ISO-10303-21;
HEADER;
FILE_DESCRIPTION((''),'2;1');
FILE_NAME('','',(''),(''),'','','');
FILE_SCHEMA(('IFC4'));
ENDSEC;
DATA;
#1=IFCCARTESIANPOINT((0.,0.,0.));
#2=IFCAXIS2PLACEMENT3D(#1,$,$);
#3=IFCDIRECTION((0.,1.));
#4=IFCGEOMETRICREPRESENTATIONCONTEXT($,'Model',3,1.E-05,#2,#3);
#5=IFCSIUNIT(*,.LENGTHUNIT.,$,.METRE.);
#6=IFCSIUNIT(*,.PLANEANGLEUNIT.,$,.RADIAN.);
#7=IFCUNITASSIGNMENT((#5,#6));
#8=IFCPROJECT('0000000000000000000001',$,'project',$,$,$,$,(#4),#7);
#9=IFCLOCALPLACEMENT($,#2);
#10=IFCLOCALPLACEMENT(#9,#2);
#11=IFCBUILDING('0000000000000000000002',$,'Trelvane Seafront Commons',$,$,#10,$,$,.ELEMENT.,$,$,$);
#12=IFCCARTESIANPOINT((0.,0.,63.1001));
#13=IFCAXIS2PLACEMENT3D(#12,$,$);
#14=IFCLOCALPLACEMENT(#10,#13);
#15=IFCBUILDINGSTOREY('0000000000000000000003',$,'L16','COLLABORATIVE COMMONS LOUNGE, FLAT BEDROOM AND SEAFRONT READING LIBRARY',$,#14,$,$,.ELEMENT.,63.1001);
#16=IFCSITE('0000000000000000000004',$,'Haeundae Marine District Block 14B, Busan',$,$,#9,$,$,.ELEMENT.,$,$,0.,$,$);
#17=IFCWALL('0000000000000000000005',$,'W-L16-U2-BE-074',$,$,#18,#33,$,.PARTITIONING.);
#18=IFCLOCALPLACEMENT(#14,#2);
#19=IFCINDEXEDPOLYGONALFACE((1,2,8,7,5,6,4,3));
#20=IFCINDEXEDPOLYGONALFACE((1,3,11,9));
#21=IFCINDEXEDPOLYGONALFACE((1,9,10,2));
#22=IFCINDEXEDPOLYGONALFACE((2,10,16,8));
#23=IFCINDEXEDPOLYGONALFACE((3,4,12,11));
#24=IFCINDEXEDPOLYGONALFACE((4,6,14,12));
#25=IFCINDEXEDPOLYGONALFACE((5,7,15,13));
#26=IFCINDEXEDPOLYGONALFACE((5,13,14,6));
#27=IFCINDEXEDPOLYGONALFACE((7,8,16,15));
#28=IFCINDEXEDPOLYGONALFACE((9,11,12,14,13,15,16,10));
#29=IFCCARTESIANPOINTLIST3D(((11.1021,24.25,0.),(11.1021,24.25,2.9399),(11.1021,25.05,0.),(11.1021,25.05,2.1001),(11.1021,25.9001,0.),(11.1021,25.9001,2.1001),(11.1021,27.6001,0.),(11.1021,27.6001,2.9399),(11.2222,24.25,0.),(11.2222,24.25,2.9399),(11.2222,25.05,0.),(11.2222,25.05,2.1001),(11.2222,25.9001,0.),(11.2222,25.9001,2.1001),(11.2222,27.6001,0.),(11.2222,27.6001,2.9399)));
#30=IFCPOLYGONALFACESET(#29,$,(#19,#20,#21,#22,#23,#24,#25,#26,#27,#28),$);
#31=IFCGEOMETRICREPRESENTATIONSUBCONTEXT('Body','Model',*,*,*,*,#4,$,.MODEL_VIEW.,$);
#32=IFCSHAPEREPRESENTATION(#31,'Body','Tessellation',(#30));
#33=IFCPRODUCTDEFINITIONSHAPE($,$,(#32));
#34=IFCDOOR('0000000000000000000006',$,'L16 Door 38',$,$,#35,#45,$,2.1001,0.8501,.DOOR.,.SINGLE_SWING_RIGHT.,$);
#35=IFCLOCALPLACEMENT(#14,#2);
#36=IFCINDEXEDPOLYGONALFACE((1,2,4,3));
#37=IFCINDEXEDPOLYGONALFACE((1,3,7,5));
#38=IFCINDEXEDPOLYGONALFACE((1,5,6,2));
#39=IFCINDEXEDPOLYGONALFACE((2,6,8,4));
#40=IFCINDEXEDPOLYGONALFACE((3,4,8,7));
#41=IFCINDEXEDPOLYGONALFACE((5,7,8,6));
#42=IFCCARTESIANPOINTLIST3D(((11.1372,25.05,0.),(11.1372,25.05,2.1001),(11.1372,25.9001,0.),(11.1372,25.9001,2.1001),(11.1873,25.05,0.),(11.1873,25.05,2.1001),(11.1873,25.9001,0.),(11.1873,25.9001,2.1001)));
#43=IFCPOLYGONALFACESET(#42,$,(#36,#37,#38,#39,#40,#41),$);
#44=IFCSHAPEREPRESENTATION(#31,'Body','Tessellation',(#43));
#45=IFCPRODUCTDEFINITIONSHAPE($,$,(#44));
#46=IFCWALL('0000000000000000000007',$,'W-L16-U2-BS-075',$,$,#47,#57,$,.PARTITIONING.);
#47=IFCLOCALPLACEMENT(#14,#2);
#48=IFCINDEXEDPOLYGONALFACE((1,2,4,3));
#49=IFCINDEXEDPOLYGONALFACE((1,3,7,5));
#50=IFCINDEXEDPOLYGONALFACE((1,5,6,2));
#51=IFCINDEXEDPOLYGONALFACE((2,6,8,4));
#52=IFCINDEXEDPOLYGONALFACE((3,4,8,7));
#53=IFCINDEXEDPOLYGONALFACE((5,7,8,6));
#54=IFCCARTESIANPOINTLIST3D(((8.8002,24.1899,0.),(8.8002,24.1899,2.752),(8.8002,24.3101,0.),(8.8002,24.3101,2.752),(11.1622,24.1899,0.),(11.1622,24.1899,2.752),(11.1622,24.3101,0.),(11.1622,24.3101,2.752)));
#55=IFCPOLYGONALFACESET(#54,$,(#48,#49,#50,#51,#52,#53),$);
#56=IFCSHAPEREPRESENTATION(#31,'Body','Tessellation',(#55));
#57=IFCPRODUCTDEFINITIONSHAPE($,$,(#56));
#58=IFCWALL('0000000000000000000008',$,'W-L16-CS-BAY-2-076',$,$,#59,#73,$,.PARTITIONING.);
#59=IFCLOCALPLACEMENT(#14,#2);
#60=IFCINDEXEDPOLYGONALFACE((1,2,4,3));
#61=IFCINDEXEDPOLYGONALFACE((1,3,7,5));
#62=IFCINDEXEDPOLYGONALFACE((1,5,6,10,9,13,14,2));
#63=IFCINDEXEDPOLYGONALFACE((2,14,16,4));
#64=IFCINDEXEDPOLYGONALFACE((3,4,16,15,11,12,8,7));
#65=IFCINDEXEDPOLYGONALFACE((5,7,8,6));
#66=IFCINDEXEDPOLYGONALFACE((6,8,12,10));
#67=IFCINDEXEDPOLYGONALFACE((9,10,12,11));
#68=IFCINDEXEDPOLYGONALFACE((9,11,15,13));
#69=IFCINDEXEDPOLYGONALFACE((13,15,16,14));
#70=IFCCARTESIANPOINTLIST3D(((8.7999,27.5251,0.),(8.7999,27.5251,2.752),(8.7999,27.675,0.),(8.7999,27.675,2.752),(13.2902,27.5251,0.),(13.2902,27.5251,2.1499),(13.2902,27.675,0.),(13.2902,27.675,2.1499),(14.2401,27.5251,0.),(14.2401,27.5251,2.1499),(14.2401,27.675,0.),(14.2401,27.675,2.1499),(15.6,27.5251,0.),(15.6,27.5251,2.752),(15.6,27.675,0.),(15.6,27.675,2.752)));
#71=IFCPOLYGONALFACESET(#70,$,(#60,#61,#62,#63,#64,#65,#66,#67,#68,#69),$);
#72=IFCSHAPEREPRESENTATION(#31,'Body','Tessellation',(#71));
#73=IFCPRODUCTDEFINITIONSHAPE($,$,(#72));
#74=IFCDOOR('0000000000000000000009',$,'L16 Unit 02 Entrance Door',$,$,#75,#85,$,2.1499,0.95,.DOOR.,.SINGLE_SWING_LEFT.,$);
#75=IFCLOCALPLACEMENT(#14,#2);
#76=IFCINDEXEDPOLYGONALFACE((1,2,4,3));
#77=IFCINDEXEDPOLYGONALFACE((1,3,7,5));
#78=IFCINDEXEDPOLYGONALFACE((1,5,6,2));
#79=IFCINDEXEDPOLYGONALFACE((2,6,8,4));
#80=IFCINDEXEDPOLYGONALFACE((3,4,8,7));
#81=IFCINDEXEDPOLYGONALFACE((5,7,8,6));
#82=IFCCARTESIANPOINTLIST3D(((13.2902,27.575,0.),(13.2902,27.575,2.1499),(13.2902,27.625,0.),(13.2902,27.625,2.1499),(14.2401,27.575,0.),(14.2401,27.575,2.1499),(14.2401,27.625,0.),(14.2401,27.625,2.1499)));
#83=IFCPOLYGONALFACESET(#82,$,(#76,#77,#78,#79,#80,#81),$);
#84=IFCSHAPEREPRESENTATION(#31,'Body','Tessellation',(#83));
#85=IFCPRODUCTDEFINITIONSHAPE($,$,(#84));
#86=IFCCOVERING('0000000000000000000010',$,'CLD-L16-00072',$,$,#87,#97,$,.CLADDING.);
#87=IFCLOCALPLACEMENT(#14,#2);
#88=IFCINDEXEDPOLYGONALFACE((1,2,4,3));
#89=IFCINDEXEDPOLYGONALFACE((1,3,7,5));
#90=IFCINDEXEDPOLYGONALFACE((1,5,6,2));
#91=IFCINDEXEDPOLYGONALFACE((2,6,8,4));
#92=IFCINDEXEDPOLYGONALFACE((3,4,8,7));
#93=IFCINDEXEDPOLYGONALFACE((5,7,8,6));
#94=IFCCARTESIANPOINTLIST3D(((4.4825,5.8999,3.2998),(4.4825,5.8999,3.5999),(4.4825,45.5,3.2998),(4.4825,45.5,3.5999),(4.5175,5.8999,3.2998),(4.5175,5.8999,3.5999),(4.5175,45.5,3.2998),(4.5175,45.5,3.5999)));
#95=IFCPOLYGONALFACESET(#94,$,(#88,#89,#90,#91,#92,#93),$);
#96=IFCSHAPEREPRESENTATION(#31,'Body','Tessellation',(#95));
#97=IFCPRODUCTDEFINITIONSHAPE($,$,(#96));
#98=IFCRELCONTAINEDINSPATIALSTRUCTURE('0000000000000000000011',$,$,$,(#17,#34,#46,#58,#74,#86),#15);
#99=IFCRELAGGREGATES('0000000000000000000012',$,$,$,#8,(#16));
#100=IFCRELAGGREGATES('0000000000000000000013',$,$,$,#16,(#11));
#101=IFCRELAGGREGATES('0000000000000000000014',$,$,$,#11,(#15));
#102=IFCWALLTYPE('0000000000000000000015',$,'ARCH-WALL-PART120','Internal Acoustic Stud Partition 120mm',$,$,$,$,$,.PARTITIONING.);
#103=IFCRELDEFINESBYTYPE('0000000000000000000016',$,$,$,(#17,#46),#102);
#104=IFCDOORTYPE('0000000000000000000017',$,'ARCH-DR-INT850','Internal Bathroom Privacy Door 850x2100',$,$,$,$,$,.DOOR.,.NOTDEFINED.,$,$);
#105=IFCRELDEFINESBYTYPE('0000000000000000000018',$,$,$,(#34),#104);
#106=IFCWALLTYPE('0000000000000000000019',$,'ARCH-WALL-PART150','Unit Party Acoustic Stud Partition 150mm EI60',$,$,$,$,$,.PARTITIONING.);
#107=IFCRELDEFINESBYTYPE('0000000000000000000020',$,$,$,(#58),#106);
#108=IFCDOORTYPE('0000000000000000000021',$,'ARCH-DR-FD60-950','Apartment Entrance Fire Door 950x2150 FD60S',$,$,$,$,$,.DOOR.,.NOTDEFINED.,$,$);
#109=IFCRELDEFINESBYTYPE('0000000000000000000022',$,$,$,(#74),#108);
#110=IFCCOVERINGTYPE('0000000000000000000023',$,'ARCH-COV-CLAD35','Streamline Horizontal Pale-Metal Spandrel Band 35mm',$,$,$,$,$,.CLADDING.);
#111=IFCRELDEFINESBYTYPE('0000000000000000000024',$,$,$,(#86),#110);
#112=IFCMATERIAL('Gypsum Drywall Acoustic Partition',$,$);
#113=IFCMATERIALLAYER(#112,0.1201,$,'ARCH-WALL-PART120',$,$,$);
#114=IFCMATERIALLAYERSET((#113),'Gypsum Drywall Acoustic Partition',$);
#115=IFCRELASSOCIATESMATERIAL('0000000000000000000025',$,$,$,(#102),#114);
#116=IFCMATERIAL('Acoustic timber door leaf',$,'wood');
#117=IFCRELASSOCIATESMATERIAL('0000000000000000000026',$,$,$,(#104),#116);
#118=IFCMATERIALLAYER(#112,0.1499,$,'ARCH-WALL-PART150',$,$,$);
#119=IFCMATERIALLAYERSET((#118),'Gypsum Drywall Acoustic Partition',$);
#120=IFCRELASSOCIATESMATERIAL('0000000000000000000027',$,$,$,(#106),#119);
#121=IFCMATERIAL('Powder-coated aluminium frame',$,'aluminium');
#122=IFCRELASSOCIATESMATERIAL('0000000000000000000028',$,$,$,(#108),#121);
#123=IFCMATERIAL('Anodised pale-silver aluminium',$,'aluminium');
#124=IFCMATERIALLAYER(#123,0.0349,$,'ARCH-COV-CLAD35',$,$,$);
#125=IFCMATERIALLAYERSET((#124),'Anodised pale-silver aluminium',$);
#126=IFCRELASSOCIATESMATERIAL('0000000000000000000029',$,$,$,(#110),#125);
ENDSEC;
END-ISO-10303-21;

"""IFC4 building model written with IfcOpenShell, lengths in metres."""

from ifc_helpers import new_model, si_unit, direction, frame, frame_2d, origin, origin_2d, place, context, subcontext, project, spatial, rectangle, extrude, source, transform, mapped, material, layer, layer_set, type_object, element, fill, save


model = new_model("IFC4")

# Units and contexts
model_context = context("Model", 3, precision=1e-05, world=origin(), true_north=direction((0.0, 1.0)))
body_context = subcontext(model_context, "Body", "Model", "MODEL_VIEW")
ifc_project = project(units=[si_unit("LENGTHUNIT", "METRE"), si_unit("PLANEANGLEUNIT", "RADIAN")], contexts=[model_context])

# Site, building, storey
site_placement = place(None, origin())
site = spatial("IfcSite", under=ifc_project, at=site_placement, Name="Haeundae Marine District Block 14B, Busan", CompositionType="ELEMENT", RefElevation=0.0)
building_placement = place(site_placement, origin())
building = spatial("IfcBuilding", under=site, at=building_placement, Name="Trelvane Seafront Commons", CompositionType="ELEMENT")
storey_placement = place(building_placement, frame((0.0, 0.0, 63.1001)))
storey = spatial("IfcBuildingStorey", under=building, at=storey_placement, Name="L16", Description="COLLABORATIVE COMMONS LOUNGE, FLAT BEDROOM AND SEAFRONT READING LIBRARY", CompositionType="ELEMENT", Elevation=63.1001)

# Shared definitions
ifc_material_1 = material(Name="Anodised pale-silver aluminium", Category="aluminium")

# Shared definitions
ifc_material_2 = material(Name="Gypsum Drywall Acoustic Partition")
ifc_layer_1 = layer(ifc_material_2, 0.1201, Name="ARCH-WALL-PART120")
ifc_layer_set_1 = layer_set([ifc_layer_1], Name="Gypsum Drywall Acoustic Partition")
wall_type_1 = type_object("IfcWallType", Name="ARCH-WALL-PART120", Description="Internal Acoustic Stud Partition 120mm", PredefinedType="PARTITIONING", material=ifc_layer_set_1)
ifc_material_3 = material(Name="Acoustic timber door leaf", Category="wood")
shared_shape_1 = source(origin(), body_context, "Body", "SweptSolid", [
    extrude(rectangle(XDim=0.95, YDim=2.1499, at=frame_2d((0.4751, 1.075))), frame((0.0, 0.0249, 0.0), z_axis=(0.0, -1.0, 0.0), x_axis=(1.0, 0.0, 0.0)), (0.0, 0.0, 1.0), 0.05),
])
door_type_1 = type_object("IfcDoorType", Name="ARCH-DR-INT850", Description="Internal Bathroom Privacy Door 850x2100", OperationType="NOTDEFINED", PredefinedType="DOOR", material=ifc_material_3)
shared_shape_2 = source(origin(), body_context, "Body", "SweptSolid", [
    extrude(rectangle(XDim=0.8501, YDim=2.1001, at=frame_2d((0.425, 1.05))), frame((0.0, 0.0249, 0.0), z_axis=(0.0, -1.0, 0.0), x_axis=(1.0, 0.0, 0.0)), (0.0, 0.0, 1.0), 0.05),
])

# Wall, opening, door
wall_1_placement = place(storey_placement, frame((11.1621, 24.25, 0.0), z_axis=(0.0, 0.0, 1.0), x_axis=(0.0, 1.0, 0.0)))
wall_1 = element("IfcWall", 1, at=wall_1_placement, inside=storey, type_object=wall_type_1, Name="W-L16-U2-BE-074", PredefinedType="PARTITIONING", context=body_context, shape_type="SweptSolid", body=[
    extrude(rectangle(XDim=3.3501, YDim=0.1201, at=frame_2d((1.675, 0.0))), origin(), (0.0, 0.0, 1.0), 2.9399),
])
opening_1_placement = place(wall_1_placement, frame((0.8, 0.0, 0.0)))
opening_1 = element("IfcOpeningElement", 2, at=opening_1_placement, cuts=wall_1, PredefinedType="OPENING", context=body_context, shape_type="SweptSolid", body=[
    extrude(rectangle(XDim=0.8501, YDim=2.1001, at=frame_2d((0.425, 1.05))), frame((0.0, 0.0701, 0.0), z_axis=(0.0, -1.0, 0.0), x_axis=(1.0, 0.0, 0.0)), (0.0, 0.0, 1.0), 0.1401),
])
door_1_placement = place(opening_1_placement, origin())
door_1 = element("IfcDoor", 3, at=door_1_placement, inside=storey, type_object=door_type_1, Name="L16 Door 38", OperationType="SINGLE_SWING_RIGHT", OverallHeight=2.1001, OverallWidth=0.8501, PredefinedType="DOOR", context=body_context, shape_type="MappedRepresentation", body=[
    mapped(shared_shape_2, transform((0.0, 0.0, 0.0), x_axis=(1.0, 0.0, 0.0), y_axis=(0.0, 1.0, 0.0), z_axis=(0.0, 0.0, 1.0), scale=1.0)),
])
fill(opening_1, door_1)

# Wall
wall_2_placement = place(storey_placement, frame((8.8, 24.25, 0.0), z_axis=(0.0, 0.0, 1.0), x_axis=(1.0, 0.0, 0.0)))
element("IfcWall", 4, at=wall_2_placement, inside=storey, type_object=wall_type_1, Name="W-L16-U2-BS-075", PredefinedType="PARTITIONING", context=body_context, shape_type="SweptSolid", body=[
    extrude(rectangle(XDim=2.3621, YDim=0.1201, at=frame_2d((1.1812, 0.0))), origin(), (0.0, 0.0, 1.0), 2.752),
])

# Wall, opening, door
ifc_layer_2 = layer(ifc_material_2, 0.1499, Name="ARCH-WALL-PART150")
ifc_layer_set_2 = layer_set([ifc_layer_2], Name="Gypsum Drywall Acoustic Partition")
wall_type_2 = type_object("IfcWallType", Name="ARCH-WALL-PART150", Description="Unit Party Acoustic Stud Partition 150mm EI60", PredefinedType="PARTITIONING", material=ifc_layer_set_2)
ifc_material_4 = material(Name="Powder-coated aluminium frame", Category="aluminium")
door_type_2 = type_object("IfcDoorType", Name="ARCH-DR-FD60-950", Description="Apartment Entrance Fire Door 950x2150 FD60S", OperationType="NOTDEFINED", PredefinedType="DOOR", material=ifc_material_4)
wall_3_placement = place(storey_placement, frame((8.8, 27.6001, 0.0), z_axis=(0.0, 0.0, 1.0), x_axis=(1.0, 0.0, 0.0)))
wall_3 = element("IfcWall", 5, at=wall_3_placement, inside=storey, type_object=wall_type_2, Name="W-L16-CS-BAY-2-076", PredefinedType="PARTITIONING", context=body_context, shape_type="SweptSolid", body=[
    extrude(rectangle(XDim=6.8, YDim=0.1499, at=frame_2d((3.3999, 0.0))), origin(), (0.0, 0.0, 1.0), 2.752),
])
opening_2_placement = place(wall_3_placement, frame((4.49, 0.0, 0.0)))
opening_2 = element("IfcOpeningElement", 6, at=opening_2_placement, cuts=wall_3, PredefinedType="OPENING", context=body_context, shape_type="SweptSolid", body=[
    extrude(rectangle(XDim=0.95, YDim=2.1499, at=frame_2d((0.4751, 1.075))), frame((0.0, 0.085, 0.0), z_axis=(0.0, -1.0, 0.0), x_axis=(1.0, 0.0, 0.0)), (0.0, 0.0, 1.0), 0.1699),
])
door_2_placement = place(opening_2_placement, origin())
door_2 = element("IfcDoor", 7, at=door_2_placement, inside=storey, type_object=door_type_2, Name="L16 Unit 02 Entrance Door", OperationType="SINGLE_SWING_LEFT", OverallHeight=2.1499, OverallWidth=0.95, PredefinedType="DOOR", context=body_context, shape_type="MappedRepresentation", body=[
    mapped(shared_shape_1, transform((0.0, 0.0, 0.0), x_axis=(1.0, 0.0, 0.0), y_axis=(0.0, 1.0, 0.0), z_axis=(0.0, 0.0, 1.0), scale=1.0)),
])
fill(opening_2, door_2)

# Covering
ifc_layer_3 = layer(ifc_material_1, 0.0349, Name="ARCH-COV-CLAD35")
ifc_layer_set_3 = layer_set([ifc_layer_3], Name="Anodised pale-silver aluminium")
covering_type = type_object("IfcCoveringType", Name="ARCH-COV-CLAD35", Description="Streamline Horizontal Pale-Metal Spandrel Band 35mm", PredefinedType="CLADDING", material=ifc_layer_set_3)
shared_shape_3 = source(origin(), body_context, "Body", "SweptSolid", [
    extrude(rectangle(XDim=39.6001, YDim=0.0349, at=origin_2d()), origin(), (0.0, 0.0, 1.0), 0.3),
])
covering_placement = place(storey_placement, frame((4.5, 25.7, 3.2998), z_axis=(0.0, 0.0, 1.0), x_axis=(0.0, 1.0, 0.0)))
element("IfcCovering", 8, at=covering_placement, inside=storey, type_object=covering_type, Name="CLD-L16-00072", PredefinedType="CLADDING", context=body_context, shape_type="MappedRepresentation", body=[
    mapped(shared_shape_3, transform((0.0, 0.0, 0.0), x_axis=(1.0, 0.0, 0.0), y_axis=(0.0, 1.0, 0.0), z_axis=(0.0, 0.0, 1.0), scale=1.0)),
])

save(model, "model.ifc")
